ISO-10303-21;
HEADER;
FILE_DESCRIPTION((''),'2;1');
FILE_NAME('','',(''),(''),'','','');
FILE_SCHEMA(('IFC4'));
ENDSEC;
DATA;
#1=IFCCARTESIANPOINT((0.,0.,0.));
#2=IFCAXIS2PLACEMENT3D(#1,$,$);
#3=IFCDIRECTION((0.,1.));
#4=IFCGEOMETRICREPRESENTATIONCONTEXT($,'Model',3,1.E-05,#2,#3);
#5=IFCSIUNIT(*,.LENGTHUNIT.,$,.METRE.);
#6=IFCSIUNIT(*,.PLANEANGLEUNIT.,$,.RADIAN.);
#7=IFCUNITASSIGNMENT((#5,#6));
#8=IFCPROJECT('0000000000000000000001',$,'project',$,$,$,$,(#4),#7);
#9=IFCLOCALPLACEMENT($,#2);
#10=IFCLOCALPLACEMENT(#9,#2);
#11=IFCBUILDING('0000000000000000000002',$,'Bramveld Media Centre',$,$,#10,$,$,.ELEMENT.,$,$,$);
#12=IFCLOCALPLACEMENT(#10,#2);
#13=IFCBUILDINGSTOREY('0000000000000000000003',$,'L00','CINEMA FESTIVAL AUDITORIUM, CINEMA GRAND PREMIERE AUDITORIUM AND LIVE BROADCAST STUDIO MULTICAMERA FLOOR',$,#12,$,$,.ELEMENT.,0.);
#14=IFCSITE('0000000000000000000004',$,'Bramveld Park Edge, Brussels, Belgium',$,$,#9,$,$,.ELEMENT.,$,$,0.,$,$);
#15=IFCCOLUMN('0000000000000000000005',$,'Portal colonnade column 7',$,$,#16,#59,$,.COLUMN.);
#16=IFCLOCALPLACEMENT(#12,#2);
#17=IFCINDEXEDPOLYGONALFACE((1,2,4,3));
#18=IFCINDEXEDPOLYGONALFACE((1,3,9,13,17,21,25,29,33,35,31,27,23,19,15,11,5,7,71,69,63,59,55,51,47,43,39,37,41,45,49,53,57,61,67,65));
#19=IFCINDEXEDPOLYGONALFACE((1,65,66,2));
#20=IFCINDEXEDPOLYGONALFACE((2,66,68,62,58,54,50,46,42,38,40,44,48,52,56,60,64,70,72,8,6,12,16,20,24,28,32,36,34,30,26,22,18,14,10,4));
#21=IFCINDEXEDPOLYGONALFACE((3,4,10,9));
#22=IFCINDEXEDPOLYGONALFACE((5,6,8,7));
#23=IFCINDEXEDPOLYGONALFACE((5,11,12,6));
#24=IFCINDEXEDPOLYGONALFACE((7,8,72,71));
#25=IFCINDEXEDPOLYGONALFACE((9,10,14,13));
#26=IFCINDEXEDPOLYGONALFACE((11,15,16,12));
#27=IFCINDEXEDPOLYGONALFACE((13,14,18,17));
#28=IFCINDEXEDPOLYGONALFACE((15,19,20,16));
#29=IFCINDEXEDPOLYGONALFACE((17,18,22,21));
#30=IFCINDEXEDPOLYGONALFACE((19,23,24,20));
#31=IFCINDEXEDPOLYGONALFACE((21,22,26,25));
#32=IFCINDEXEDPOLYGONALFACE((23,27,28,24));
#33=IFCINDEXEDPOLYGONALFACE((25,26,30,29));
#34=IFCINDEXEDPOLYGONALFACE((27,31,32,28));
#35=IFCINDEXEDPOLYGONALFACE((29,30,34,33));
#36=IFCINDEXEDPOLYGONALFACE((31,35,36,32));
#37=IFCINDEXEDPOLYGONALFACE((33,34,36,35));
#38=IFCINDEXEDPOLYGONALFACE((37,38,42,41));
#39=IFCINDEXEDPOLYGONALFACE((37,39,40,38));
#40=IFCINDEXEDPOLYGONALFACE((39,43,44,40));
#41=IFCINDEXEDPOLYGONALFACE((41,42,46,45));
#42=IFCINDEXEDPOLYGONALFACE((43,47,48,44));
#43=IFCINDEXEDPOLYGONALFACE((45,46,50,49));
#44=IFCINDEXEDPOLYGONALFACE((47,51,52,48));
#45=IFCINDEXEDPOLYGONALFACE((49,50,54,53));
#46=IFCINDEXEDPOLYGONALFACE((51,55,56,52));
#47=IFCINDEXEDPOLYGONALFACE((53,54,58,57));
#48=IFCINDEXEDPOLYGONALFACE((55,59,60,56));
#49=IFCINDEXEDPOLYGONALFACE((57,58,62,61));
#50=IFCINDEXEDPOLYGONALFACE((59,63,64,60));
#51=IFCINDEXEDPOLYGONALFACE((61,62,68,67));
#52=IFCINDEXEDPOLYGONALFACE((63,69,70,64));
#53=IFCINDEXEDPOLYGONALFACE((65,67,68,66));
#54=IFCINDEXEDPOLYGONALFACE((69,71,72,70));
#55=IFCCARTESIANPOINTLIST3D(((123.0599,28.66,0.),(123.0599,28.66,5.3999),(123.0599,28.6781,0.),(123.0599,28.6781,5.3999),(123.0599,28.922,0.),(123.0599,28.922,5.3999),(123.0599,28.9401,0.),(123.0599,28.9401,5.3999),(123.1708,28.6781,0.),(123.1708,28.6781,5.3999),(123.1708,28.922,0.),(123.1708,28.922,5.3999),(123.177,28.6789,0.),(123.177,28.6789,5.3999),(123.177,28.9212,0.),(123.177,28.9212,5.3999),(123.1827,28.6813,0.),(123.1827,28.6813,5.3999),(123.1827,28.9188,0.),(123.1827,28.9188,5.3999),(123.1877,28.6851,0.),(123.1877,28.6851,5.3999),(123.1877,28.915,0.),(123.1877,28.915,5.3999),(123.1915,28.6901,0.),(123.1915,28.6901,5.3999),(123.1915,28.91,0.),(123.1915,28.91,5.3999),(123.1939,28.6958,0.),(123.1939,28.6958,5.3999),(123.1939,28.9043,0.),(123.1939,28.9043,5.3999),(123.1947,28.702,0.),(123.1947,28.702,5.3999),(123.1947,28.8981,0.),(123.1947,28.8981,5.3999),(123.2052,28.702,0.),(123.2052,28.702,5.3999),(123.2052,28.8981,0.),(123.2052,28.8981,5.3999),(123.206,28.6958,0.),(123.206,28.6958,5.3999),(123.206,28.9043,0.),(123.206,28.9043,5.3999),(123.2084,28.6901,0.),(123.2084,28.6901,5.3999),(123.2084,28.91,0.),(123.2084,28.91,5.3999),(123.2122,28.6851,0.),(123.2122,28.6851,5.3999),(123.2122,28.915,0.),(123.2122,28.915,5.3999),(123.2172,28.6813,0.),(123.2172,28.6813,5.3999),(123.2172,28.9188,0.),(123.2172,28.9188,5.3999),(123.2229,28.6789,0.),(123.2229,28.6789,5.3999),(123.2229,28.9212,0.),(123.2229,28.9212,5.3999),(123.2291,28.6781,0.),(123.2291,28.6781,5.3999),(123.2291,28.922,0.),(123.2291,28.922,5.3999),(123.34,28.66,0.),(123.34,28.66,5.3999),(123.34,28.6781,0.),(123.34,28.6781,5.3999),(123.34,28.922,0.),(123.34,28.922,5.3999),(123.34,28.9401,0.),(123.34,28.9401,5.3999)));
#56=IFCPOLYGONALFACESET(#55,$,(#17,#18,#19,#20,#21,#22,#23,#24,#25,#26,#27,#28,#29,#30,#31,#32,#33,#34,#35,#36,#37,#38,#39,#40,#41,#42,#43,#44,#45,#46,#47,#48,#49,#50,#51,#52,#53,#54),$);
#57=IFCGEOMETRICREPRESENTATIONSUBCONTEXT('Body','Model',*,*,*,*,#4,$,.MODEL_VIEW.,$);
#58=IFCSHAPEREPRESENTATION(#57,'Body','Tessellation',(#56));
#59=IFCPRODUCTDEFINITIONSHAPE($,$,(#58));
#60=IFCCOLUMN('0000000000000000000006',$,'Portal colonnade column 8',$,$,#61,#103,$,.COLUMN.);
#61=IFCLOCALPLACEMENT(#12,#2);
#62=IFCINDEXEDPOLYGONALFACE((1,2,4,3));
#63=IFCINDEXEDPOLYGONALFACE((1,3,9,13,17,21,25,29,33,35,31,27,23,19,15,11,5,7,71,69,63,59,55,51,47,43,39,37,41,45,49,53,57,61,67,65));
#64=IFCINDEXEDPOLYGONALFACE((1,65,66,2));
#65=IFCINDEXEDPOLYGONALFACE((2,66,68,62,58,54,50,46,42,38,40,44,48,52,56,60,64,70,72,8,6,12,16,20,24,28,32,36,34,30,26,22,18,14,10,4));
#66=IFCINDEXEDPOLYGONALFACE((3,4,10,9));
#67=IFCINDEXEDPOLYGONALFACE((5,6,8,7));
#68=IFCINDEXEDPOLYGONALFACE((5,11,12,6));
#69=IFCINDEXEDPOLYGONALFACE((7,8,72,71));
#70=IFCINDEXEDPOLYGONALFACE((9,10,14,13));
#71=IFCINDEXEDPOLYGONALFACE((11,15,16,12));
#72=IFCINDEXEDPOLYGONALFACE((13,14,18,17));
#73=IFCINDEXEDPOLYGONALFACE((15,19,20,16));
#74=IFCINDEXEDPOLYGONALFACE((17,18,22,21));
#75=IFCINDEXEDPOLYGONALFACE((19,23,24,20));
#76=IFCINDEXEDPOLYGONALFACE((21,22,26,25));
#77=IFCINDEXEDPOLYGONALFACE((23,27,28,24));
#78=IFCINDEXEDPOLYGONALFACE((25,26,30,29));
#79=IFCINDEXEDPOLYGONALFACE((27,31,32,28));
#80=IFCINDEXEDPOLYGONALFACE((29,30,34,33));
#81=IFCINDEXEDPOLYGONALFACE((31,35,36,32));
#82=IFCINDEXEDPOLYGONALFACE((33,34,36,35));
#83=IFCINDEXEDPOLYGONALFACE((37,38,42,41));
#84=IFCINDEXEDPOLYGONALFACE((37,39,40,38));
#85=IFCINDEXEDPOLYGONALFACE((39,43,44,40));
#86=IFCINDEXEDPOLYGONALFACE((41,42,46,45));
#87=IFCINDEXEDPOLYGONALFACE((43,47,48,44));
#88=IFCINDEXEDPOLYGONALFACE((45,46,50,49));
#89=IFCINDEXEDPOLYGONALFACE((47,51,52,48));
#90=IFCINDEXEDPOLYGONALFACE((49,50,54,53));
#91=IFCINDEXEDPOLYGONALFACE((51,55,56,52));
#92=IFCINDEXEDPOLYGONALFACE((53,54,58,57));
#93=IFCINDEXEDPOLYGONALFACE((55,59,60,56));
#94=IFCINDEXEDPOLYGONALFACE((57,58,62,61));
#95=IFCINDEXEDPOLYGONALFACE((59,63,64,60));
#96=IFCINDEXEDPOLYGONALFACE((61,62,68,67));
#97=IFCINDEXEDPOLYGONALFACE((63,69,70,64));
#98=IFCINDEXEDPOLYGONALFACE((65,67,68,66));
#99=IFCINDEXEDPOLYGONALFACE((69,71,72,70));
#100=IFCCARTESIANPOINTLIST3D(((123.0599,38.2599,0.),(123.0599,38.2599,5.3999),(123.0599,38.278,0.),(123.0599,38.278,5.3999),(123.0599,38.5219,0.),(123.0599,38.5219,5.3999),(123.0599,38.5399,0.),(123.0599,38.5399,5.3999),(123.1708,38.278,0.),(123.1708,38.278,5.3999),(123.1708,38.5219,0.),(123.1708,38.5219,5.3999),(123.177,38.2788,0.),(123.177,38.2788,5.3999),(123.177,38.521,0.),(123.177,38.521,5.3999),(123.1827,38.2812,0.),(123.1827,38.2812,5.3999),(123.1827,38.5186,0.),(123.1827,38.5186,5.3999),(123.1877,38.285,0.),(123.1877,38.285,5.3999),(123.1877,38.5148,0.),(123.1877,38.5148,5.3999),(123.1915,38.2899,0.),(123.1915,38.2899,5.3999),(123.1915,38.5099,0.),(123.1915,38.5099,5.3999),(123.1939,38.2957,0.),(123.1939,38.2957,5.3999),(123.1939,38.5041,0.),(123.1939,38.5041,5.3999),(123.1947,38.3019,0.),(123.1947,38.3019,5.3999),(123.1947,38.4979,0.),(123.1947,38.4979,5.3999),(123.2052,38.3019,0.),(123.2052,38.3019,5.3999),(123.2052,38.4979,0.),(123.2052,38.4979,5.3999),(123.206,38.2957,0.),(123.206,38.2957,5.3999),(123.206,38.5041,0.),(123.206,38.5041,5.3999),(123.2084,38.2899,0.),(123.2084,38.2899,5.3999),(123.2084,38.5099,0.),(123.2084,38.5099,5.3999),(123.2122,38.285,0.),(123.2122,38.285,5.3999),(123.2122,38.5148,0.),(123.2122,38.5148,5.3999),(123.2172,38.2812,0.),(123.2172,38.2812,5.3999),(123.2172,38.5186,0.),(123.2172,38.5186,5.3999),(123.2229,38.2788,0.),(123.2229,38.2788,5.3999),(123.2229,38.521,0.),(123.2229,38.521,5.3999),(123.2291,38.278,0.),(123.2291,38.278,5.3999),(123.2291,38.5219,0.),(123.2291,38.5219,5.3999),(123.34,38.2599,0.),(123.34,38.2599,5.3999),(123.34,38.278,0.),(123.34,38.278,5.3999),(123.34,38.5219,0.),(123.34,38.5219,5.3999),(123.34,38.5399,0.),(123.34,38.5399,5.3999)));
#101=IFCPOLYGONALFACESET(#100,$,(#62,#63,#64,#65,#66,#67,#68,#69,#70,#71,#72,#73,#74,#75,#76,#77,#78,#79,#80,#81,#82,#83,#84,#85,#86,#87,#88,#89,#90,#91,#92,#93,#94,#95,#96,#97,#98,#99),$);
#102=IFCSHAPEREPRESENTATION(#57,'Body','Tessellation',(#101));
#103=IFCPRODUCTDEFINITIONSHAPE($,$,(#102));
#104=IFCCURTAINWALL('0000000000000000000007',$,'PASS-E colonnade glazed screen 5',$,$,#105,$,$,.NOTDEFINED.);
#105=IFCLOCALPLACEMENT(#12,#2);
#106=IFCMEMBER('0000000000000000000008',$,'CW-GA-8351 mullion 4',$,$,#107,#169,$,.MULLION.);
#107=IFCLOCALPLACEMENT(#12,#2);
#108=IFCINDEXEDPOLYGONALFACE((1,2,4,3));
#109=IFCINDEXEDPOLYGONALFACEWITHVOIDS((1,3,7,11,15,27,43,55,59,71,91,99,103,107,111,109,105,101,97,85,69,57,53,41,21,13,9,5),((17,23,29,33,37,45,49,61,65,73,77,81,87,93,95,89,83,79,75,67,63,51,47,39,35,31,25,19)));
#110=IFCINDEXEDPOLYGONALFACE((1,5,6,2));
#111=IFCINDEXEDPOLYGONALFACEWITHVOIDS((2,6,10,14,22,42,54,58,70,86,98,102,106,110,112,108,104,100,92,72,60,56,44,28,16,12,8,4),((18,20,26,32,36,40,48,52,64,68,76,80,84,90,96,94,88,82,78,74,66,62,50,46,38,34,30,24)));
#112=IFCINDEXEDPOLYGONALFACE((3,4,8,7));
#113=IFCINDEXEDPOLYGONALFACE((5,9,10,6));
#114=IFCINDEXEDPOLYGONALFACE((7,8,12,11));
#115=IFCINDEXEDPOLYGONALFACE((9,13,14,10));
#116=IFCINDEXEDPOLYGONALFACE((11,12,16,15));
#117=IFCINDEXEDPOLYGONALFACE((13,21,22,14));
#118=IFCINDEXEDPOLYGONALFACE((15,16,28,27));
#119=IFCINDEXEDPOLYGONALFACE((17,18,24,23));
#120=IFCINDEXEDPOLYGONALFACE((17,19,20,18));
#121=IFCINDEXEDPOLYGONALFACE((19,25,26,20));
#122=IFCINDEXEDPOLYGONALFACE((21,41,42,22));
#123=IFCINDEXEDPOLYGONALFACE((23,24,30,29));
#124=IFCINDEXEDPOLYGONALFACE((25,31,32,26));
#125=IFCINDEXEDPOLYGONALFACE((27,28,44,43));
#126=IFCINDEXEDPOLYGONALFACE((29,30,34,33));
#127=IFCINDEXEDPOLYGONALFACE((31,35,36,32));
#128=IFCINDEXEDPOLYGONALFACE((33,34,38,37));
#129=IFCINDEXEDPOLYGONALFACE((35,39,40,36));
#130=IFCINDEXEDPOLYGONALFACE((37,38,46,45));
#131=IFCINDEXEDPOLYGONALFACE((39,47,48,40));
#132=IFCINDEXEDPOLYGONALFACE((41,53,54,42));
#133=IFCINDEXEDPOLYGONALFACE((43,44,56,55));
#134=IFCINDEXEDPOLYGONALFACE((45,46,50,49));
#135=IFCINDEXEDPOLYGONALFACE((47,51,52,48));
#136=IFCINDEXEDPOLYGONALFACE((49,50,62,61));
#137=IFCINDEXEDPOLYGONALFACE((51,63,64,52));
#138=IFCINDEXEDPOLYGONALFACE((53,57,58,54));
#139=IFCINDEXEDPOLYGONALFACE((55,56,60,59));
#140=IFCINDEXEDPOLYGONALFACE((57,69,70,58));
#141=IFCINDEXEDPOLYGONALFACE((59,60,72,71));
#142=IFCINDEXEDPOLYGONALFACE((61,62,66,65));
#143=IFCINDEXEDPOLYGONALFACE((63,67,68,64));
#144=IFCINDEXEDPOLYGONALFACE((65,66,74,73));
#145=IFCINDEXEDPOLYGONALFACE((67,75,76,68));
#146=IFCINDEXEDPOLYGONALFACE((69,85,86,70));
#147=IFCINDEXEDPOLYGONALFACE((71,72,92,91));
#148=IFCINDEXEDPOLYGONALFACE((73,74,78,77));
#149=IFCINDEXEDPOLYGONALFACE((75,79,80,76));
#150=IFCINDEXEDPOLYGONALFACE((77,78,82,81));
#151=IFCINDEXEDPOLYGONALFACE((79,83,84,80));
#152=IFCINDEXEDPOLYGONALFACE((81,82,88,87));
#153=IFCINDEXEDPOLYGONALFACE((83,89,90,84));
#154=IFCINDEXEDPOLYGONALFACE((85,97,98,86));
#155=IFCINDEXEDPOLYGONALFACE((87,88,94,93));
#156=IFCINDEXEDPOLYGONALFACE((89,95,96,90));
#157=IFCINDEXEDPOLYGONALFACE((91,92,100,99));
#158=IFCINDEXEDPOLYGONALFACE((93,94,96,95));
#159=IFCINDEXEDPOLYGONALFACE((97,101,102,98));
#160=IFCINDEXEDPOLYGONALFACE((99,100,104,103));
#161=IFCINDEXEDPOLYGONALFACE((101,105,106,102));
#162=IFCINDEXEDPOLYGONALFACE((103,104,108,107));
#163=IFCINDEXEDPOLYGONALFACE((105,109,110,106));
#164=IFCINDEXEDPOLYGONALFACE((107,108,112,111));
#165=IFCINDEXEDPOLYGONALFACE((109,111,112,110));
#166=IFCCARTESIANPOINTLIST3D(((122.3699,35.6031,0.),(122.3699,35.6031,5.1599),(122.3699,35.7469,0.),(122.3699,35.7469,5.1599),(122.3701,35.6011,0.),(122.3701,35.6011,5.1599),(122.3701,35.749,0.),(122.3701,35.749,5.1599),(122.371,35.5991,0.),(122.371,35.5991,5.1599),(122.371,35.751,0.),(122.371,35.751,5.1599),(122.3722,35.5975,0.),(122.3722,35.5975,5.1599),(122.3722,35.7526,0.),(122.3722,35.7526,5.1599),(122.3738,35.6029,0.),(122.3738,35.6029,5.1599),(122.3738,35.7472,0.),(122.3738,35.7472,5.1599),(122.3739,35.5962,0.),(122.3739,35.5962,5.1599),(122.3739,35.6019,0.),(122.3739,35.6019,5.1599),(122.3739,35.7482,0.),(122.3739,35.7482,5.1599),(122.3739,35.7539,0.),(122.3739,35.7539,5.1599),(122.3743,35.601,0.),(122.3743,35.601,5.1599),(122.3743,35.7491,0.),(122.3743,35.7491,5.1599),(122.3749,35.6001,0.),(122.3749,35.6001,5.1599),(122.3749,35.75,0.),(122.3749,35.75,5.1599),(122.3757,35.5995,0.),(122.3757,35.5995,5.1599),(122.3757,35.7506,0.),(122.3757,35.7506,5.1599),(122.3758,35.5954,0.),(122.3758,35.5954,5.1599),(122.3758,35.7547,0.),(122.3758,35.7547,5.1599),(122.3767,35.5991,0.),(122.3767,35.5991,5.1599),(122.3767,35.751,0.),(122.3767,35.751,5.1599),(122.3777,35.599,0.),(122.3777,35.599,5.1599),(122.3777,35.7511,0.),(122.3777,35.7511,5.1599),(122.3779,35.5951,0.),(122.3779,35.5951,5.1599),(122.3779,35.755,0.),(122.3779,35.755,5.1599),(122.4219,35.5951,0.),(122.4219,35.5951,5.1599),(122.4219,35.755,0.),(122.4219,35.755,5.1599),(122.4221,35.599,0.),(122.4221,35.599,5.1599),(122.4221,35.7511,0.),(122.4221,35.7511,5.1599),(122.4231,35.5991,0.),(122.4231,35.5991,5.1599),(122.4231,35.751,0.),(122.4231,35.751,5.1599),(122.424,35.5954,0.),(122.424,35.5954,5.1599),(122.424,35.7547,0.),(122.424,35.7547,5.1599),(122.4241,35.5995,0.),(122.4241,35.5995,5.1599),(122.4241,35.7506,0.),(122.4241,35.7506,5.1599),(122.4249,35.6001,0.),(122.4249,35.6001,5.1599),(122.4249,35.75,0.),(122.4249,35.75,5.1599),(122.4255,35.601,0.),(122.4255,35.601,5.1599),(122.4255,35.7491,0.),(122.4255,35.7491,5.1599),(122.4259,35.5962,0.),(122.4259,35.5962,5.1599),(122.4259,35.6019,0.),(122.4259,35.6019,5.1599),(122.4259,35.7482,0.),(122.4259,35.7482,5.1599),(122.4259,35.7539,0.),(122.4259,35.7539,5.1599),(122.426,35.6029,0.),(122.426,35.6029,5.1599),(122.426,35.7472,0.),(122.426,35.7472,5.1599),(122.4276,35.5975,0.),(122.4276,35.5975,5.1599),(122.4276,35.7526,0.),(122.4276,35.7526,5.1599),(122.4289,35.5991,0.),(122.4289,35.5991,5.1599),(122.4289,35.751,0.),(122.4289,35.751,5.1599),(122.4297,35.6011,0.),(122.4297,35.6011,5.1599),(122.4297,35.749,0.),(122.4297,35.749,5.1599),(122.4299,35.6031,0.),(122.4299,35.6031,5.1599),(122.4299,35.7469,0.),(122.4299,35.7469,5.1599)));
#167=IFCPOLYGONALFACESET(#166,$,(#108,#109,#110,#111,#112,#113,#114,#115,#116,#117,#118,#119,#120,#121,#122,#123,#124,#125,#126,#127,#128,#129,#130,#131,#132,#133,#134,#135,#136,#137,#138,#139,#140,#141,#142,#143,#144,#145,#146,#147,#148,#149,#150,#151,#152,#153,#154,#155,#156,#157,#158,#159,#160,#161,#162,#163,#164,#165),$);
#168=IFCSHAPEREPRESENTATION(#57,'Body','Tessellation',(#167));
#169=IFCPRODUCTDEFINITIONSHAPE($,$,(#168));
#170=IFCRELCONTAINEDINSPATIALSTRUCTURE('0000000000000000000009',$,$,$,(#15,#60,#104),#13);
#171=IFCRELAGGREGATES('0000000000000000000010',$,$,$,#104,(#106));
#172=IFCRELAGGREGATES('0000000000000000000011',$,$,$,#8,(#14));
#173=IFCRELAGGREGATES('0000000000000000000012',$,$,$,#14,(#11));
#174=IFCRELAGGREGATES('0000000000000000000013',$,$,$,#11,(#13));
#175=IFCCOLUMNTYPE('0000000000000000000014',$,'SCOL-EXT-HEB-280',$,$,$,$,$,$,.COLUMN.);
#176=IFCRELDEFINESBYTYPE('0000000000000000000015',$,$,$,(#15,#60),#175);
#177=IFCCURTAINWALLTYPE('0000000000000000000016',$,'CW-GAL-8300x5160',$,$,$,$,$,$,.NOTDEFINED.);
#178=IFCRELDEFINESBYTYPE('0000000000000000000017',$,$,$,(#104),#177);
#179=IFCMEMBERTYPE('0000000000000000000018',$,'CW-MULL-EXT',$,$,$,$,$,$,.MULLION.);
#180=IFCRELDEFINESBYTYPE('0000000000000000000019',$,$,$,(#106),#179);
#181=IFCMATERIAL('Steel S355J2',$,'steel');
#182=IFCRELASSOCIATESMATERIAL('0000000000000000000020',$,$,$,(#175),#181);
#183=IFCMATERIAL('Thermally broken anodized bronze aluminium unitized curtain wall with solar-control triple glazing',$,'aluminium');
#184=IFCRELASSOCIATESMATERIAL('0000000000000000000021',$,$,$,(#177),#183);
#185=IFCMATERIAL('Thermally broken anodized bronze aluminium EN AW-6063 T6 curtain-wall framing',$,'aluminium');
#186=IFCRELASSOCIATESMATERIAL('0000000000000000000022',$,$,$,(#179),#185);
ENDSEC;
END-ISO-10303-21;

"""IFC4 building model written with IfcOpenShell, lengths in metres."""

from ifc_helpers import new_model, si_unit, direction, frame, origin, origin_2d, place, context, subcontext, project, spatial, hollow_rectangle, i_section, extrude, material, material_profile, profile_set, type_object, element, aggregate, save


model = new_model("IFC4")

# Units and contexts
model_context = context("Model", 3, precision=1e-05, world=origin(), true_north=direction((0.0, 1.0)))
body_context = subcontext(model_context, "Body", "Model", "MODEL_VIEW")
ifc_project = project(units=[si_unit("LENGTHUNIT", "METRE"), si_unit("PLANEANGLEUNIT", "RADIAN")], contexts=[model_context])

# Site, building, storey
site_placement = place(None, origin())
site = spatial("IfcSite", under=ifc_project, at=site_placement, Name="Bramveld Park Edge, Brussels, Belgium", CompositionType="ELEMENT", RefElevation=0.0)
building_placement = place(site_placement, origin())
building = spatial("IfcBuilding", under=site, at=building_placement, Name="Bramveld Media Centre", CompositionType="ELEMENT")
storey_placement = place(building_placement, origin())
storey = spatial("IfcBuildingStorey", under=building, at=storey_placement, Name="L00", Description="CINEMA FESTIVAL AUDITORIUM, CINEMA GRAND PREMIERE AUDITORIUM AND LIVE BROADCAST STUDIO MULTICAMERA FLOOR", CompositionType="ELEMENT", Elevation=0.0)

# Columns
ifc_material_1 = material(Name="Steel S355J2", Category="steel")
ifc_material_profile_1 = material_profile(ifc_material_1, i_section(OverallWidth=0.28, OverallDepth=0.28, WebThickness=0.0105, FlangeThickness=0.0181, FilletRadius=0.0239, at=origin_2d()), Name="HEB 280")
ifc_profile_set_1 = profile_set([ifc_material_profile_1], Name="Steel S355J2")
column_type_1 = type_object("IfcColumnType", Name="SCOL-EXT-HEB-280", PredefinedType="COLUMN", material=ifc_profile_set_1)
for number, where, z_axis, x_axis, name in (
    (1, (123.2, 28.8, 0.0), (0.0, 0.0, 1.0), (1.0, 0.0, 0.0), "Portal colonnade column 7"),
    (2, (123.2, 38.3999, 0.0), (0.0, 0.0, 1.0), (1.0, 0.0, 0.0), "Portal colonnade column 8"),
):
    element("IfcColumn", number, at=place(storey_placement, frame(where, z_axis=z_axis, x_axis=x_axis)), inside=storey, type_object=column_type_1, Name=name, PredefinedType="COLUMN", context=body_context, shape_type="SweptSolid", body=[
        extrude(i_section(OverallWidth=0.28, OverallDepth=0.28, WebThickness=0.0105, FlangeThickness=0.0181, FilletRadius=0.0239, at=origin_2d()), origin(), (0.0, 0.0, 1.0), 5.3999),
    ])

# Curtain wall, member
ifc_material_2 = material(Name="Thermally broken anodized bronze aluminium unitized curtain wall with solar-control triple glazing", Category="aluminium")
curtain_wall_type = type_object("IfcCurtainWallType", Name="CW-GAL-8300x5160", PredefinedType="NOTDEFINED", material=ifc_material_2)
curtain_wall_placement = place(storey_placement, origin())
curtain_wall = element("IfcCurtainWall", 3, at=curtain_wall_placement, inside=storey, type_object=curtain_wall_type, Name="PASS-E colonnade glazed screen 5", PredefinedType="NOTDEFINED")
ifc_material_3 = material(Name="Thermally broken anodized bronze aluminium EN AW-6063 T6 curtain-wall framing", Category="aluminium")
ifc_material_profile_2 = material_profile(ifc_material_3, hollow_rectangle(XDim=0.0601, YDim=0.1599, WallThickness=0.0039, InnerFilletRadius=0.0039, OuterFilletRadius=0.0081, at=origin_2d()), Name="AL-MULL 60x160")
ifc_profile_set_2 = profile_set([ifc_material_profile_2], Name="Thermally broken anodized bronze aluminium EN AW-6063 T6 curtain-wall framing")
member_type_1 = type_object("IfcMemberType", Name="CW-MULL-EXT", PredefinedType="MULLION", material=ifc_profile_set_2)
member_1_placement = place(storey_placement, frame((122.3999, 35.675, 0.0), z_axis=(0.0, 0.0, 1.0), x_axis=(-1.0, 0.0, 0.0)))
member_1 = element("IfcMember", 4, at=member_1_placement, type_object=member_type_1, Name="CW-GA-8351 mullion 4", PredefinedType="MULLION", context=body_context, shape_type="SweptSolid", body=[
    extrude(hollow_rectangle(XDim=0.0601, YDim=0.1599, WallThickness=0.0039, InnerFilletRadius=0.0039, OuterFilletRadius=0.0081, at=origin_2d()), origin(), (0.0, 0.0, 1.0), 5.1599),
])

aggregate(curtain_wall, [member_1])

save(model, "model.ifc")
